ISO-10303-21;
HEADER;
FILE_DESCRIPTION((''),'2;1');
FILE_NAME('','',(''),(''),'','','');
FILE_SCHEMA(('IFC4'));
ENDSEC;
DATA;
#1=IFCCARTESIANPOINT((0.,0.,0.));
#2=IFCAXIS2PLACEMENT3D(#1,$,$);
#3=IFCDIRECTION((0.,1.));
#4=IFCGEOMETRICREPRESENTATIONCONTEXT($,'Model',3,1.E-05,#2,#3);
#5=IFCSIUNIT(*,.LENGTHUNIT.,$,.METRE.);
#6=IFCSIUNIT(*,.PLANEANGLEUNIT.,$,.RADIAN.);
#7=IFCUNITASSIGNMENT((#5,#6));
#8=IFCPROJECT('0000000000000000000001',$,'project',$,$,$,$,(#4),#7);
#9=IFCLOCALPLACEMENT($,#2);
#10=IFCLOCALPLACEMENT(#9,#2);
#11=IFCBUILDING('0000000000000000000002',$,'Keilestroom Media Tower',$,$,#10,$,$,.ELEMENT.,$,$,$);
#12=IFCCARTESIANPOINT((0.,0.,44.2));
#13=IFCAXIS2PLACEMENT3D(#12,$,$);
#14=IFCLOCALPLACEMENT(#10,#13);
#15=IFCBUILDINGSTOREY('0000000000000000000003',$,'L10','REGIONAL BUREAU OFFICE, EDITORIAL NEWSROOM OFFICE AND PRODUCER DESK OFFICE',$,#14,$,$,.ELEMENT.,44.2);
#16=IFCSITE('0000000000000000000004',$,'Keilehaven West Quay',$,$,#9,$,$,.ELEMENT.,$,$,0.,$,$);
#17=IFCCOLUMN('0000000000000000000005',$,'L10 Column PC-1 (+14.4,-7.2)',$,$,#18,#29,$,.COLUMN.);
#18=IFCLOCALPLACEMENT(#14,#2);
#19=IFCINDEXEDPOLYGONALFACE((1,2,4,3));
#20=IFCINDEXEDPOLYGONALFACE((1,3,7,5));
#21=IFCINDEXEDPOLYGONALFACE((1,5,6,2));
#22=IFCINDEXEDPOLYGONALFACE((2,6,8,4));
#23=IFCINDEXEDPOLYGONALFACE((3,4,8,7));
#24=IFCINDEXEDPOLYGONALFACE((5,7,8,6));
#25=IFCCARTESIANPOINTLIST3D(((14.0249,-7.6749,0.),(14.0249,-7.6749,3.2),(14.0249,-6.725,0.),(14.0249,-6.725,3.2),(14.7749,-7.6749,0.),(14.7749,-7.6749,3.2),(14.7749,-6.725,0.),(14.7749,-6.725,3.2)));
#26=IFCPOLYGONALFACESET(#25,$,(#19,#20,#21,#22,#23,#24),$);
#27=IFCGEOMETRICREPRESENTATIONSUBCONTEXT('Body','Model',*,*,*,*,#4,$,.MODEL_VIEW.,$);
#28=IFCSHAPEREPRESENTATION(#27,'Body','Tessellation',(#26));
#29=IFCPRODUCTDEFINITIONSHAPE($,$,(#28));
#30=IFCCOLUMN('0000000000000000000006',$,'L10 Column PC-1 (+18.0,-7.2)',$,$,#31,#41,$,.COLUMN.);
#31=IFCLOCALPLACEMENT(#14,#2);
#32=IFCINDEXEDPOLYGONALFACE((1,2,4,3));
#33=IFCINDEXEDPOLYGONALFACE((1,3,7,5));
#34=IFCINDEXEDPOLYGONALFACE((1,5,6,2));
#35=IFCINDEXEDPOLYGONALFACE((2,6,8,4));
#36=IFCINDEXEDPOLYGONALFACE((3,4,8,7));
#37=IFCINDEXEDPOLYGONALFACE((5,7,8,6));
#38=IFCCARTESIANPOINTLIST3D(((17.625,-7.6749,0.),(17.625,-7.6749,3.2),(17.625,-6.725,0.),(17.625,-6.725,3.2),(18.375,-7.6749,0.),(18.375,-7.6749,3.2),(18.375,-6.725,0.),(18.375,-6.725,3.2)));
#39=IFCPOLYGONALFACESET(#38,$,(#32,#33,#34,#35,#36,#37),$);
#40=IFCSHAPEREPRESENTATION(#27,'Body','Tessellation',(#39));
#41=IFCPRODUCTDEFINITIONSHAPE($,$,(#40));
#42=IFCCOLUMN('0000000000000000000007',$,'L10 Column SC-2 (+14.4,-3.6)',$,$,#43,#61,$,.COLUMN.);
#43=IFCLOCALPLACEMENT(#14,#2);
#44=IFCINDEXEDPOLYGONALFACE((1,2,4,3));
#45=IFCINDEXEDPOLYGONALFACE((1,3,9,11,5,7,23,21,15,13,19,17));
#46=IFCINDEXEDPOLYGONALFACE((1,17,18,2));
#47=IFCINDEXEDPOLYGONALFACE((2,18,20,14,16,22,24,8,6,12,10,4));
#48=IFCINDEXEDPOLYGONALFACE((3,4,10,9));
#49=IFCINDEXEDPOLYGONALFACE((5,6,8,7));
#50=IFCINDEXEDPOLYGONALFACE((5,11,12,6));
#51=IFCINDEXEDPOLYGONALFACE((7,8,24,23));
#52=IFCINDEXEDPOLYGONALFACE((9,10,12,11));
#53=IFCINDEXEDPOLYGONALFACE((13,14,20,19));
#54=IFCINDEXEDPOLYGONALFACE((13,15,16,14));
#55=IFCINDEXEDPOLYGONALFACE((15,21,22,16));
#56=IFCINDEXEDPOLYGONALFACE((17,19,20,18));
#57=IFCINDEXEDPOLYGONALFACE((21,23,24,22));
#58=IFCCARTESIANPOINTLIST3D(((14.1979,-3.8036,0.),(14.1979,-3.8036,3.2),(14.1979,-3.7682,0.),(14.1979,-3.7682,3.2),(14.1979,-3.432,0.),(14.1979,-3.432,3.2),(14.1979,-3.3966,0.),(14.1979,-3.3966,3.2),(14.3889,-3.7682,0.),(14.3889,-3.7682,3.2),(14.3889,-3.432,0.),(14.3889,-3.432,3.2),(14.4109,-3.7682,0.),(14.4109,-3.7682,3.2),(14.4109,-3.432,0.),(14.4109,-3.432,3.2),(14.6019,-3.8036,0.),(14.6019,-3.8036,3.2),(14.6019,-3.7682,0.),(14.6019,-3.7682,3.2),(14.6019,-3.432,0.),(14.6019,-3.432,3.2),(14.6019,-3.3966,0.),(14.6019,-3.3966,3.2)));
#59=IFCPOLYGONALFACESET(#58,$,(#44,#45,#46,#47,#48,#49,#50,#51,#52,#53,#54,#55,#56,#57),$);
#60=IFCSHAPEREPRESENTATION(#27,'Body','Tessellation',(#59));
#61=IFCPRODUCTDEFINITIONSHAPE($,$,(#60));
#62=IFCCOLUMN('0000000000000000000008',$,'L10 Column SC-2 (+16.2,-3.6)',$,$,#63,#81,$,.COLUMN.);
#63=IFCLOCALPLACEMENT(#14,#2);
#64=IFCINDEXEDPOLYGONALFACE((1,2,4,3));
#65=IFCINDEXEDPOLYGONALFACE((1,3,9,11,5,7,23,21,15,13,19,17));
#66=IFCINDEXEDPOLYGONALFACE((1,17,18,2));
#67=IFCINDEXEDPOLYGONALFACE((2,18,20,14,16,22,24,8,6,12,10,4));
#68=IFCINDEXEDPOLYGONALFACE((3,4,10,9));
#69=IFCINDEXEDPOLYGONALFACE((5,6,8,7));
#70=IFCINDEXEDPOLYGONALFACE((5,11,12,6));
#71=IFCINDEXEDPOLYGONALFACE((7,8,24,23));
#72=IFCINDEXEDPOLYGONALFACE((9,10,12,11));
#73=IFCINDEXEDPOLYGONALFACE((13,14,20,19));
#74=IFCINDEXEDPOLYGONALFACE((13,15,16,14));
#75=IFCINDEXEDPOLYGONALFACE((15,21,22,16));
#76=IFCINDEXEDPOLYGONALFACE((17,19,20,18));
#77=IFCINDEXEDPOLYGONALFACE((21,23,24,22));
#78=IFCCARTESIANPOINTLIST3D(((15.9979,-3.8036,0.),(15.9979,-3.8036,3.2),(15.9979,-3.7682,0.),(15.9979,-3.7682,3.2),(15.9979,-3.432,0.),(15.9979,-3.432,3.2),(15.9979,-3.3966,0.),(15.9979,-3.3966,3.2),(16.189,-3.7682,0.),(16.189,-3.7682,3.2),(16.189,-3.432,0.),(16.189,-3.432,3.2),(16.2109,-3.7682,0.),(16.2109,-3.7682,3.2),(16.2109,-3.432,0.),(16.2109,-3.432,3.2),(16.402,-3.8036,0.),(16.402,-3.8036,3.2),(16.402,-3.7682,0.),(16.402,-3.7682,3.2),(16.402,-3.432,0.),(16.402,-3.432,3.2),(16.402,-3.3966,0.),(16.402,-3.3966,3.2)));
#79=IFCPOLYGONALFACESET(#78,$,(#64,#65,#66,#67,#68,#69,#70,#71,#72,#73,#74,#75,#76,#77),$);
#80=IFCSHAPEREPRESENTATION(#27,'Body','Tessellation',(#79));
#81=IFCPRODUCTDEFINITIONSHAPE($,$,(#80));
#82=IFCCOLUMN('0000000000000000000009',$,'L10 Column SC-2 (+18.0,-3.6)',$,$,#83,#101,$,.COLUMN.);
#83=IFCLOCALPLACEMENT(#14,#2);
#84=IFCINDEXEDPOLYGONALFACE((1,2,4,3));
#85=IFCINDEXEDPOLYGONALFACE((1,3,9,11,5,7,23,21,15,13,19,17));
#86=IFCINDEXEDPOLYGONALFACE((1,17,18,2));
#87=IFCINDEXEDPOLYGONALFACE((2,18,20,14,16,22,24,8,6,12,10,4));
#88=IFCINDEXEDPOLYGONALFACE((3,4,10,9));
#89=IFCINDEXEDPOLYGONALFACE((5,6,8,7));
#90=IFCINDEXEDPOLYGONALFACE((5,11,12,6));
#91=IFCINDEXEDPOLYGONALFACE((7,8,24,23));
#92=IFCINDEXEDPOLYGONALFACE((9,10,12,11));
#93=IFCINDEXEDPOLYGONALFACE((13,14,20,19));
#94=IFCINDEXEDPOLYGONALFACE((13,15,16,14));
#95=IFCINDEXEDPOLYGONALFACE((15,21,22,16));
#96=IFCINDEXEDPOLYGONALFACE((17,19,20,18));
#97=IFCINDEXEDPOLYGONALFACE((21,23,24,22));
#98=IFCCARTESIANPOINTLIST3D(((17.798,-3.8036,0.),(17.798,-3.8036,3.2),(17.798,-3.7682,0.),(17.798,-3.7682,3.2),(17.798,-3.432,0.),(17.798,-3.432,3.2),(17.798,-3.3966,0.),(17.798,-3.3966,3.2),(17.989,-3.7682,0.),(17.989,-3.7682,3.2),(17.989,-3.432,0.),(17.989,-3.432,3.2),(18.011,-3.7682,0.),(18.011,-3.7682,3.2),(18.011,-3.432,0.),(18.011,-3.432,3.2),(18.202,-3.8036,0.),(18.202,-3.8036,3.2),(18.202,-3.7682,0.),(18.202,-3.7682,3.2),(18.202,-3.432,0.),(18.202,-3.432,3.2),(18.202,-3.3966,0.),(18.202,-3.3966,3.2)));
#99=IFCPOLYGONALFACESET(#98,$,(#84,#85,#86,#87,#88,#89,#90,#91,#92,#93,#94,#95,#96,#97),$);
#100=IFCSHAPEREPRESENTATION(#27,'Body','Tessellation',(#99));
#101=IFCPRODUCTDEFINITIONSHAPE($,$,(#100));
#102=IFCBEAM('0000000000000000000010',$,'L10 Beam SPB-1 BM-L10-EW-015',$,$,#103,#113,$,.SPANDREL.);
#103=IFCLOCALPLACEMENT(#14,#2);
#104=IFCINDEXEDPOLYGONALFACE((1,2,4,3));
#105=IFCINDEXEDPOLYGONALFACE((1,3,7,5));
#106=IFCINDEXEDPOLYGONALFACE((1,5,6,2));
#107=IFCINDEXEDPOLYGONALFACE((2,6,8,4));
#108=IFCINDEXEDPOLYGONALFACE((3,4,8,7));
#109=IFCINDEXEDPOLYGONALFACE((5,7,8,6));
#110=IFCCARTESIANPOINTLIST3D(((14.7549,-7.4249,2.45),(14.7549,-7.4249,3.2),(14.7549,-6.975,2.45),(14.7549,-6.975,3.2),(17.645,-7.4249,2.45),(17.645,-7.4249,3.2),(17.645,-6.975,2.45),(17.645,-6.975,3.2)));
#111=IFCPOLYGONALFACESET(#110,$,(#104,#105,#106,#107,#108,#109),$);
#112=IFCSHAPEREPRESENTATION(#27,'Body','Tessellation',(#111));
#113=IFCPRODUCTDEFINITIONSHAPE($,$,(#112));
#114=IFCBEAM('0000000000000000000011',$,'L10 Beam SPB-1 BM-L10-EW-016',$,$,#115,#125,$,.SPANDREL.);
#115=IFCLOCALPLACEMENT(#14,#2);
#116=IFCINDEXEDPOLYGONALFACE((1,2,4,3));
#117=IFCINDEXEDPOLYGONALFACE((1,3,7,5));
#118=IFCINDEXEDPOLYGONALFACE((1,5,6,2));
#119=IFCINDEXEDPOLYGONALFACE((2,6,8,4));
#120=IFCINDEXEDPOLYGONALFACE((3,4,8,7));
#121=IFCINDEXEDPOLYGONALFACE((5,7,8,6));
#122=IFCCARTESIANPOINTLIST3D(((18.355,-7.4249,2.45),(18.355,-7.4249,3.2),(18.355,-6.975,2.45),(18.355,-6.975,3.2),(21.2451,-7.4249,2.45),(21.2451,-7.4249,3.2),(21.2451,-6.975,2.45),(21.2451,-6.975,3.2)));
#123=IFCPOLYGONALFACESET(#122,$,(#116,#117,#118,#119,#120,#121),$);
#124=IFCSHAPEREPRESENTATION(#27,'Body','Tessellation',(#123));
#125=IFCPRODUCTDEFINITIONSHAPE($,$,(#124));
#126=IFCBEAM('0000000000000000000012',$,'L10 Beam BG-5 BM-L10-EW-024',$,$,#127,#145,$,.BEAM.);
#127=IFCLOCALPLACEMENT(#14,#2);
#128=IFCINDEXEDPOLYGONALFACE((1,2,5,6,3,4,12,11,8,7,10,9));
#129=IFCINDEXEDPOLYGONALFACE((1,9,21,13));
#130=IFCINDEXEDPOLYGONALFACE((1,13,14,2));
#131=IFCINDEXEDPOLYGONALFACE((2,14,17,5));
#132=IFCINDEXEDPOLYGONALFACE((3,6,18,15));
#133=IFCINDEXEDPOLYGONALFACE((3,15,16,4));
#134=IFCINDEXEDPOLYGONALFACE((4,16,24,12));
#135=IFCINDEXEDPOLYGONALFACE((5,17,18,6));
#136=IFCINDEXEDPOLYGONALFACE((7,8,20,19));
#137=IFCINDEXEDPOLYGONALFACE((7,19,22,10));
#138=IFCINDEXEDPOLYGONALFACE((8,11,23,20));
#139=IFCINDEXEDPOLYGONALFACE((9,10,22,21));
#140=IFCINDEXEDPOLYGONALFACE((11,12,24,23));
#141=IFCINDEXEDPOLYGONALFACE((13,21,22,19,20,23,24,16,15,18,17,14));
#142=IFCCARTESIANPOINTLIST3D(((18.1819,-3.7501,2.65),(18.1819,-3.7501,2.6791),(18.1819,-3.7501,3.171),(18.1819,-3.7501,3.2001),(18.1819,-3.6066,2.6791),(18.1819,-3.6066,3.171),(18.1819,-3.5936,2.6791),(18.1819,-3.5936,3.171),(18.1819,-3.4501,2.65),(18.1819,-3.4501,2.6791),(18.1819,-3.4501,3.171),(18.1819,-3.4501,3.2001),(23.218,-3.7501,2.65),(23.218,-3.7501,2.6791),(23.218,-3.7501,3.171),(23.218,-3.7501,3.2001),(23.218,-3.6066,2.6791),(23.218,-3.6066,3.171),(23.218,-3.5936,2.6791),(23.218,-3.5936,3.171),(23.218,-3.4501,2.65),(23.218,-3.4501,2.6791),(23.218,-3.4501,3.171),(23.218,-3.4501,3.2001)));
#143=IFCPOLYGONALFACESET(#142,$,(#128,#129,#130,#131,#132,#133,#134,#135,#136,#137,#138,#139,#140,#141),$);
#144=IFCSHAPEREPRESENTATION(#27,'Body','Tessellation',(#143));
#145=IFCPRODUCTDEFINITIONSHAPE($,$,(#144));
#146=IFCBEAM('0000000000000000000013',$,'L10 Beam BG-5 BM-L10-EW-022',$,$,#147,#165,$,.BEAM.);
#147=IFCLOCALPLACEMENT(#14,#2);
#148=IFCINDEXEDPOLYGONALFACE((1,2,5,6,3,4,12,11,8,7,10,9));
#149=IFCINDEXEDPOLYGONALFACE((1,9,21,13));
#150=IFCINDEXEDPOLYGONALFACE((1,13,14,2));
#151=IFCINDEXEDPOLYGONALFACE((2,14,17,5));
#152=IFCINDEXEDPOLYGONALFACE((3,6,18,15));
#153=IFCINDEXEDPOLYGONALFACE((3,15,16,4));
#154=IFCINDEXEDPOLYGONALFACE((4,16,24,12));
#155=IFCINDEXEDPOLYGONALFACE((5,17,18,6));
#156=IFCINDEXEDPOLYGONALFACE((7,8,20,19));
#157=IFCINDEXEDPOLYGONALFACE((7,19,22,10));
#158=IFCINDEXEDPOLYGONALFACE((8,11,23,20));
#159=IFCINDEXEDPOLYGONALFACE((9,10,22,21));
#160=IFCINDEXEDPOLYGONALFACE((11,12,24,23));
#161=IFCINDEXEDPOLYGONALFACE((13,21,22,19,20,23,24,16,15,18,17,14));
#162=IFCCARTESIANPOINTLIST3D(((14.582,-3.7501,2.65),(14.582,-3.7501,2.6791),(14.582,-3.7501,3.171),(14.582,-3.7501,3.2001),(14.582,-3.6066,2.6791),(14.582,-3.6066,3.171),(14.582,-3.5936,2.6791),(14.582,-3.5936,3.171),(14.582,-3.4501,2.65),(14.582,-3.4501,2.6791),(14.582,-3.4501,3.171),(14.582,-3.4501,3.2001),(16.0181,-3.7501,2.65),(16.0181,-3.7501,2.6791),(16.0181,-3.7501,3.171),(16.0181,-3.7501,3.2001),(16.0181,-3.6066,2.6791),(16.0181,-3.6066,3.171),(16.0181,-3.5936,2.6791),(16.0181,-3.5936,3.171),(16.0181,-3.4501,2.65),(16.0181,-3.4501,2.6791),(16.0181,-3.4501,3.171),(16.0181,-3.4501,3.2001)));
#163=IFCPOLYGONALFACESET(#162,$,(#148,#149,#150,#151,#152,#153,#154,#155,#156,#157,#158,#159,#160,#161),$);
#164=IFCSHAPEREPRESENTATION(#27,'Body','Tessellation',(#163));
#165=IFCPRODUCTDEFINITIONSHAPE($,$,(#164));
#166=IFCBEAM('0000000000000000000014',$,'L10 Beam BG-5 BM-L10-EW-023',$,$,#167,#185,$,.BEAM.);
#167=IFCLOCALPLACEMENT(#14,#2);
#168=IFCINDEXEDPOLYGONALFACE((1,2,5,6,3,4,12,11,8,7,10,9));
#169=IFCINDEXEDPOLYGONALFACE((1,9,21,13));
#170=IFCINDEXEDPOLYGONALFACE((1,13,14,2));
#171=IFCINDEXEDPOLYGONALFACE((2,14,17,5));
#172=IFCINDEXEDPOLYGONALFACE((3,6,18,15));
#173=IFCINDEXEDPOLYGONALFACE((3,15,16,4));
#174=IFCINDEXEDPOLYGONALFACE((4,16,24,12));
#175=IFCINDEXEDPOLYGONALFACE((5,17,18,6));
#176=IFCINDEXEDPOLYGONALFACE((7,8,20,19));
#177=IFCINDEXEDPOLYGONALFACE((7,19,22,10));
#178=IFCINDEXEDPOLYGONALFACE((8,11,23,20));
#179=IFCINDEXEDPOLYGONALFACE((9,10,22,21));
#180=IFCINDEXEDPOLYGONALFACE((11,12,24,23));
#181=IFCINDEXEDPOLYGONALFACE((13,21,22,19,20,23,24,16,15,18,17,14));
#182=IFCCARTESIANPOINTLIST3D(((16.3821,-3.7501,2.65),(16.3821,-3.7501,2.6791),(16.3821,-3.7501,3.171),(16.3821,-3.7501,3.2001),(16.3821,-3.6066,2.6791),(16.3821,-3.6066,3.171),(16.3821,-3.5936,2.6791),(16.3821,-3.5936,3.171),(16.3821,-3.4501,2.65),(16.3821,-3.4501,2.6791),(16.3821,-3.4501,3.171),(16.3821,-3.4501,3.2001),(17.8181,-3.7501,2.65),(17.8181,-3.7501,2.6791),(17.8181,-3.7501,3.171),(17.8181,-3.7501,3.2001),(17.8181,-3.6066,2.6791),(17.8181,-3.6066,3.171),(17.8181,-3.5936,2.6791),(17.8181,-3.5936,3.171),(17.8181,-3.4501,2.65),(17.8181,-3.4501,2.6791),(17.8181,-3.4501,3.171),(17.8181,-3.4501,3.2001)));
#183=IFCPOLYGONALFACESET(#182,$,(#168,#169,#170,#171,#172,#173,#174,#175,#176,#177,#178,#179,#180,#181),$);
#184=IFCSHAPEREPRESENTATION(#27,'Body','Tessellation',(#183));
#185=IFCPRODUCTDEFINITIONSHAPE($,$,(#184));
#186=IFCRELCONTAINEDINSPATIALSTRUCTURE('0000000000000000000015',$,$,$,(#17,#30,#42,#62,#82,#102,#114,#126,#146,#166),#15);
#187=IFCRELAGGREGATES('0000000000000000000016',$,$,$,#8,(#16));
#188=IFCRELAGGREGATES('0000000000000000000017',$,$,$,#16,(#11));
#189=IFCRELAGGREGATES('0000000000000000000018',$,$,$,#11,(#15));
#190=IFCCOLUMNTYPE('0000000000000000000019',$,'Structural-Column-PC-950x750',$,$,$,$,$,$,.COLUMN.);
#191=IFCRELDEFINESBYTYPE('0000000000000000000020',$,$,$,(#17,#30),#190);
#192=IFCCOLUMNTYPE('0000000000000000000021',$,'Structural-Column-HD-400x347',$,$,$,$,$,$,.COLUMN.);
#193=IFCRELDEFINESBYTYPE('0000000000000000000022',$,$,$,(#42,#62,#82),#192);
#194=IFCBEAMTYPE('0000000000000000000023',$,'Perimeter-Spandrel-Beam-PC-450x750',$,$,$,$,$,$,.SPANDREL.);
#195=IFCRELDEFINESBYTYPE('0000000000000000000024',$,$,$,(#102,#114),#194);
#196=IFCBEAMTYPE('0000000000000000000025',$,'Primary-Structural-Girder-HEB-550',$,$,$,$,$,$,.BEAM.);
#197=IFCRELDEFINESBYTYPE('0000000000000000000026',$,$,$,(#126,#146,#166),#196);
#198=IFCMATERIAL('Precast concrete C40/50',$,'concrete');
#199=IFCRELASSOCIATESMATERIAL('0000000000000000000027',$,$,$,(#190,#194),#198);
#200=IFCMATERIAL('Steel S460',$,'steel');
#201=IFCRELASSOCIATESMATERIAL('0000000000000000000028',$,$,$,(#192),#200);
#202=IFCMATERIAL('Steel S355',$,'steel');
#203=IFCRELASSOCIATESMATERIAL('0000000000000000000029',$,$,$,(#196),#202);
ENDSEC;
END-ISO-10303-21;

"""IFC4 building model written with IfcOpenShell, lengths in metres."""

from ifc_helpers import new_model, si_unit, direction, frame, origin, origin_2d, place, context, subcontext, project, spatial, rectangle, i_section, extrude, source, transform, mapped, material, material_profile, profile_set, type_object, element, save


model = new_model("IFC4")

# Units and contexts
model_context = context("Model", 3, precision=1e-05, world=origin(), true_north=direction((0.0, 1.0)))
body_context = subcontext(model_context, "Body", "Model", "MODEL_VIEW")
ifc_project = project(units=[si_unit("LENGTHUNIT", "METRE"), si_unit("PLANEANGLEUNIT", "RADIAN")], contexts=[model_context])

# Site, building, storey
site_placement = place(None, origin())
site = spatial("IfcSite", under=ifc_project, at=site_placement, Name="Keilehaven West Quay", CompositionType="ELEMENT", RefElevation=0.0)
building_placement = place(site_placement, origin())
building = spatial("IfcBuilding", under=site, at=building_placement, Name="Keilestroom Media Tower", CompositionType="ELEMENT")
storey_placement = place(building_placement, frame((0.0, 0.0, 44.2)))
storey = spatial("IfcBuildingStorey", under=building, at=storey_placement, Name="L10", Description="REGIONAL BUREAU OFFICE, EDITORIAL NEWSROOM OFFICE AND PRODUCER DESK OFFICE", CompositionType="ELEMENT", Elevation=44.2)

# Columns
ifc_material_1 = material(Name="Precast concrete C40/50", Category="concrete")
ifc_material_profile_1 = material_profile(ifc_material_1, rectangle(XDim=0.75, YDim=0.95, at=origin_2d()), Name="PC 950x750")
ifc_profile_set_1 = profile_set([ifc_material_profile_1], Name="Precast concrete C40/50")
column_type_1 = type_object("IfcColumnType", Name="Structural-Column-PC-950x750", PredefinedType="COLUMN", material=ifc_profile_set_1)
shared_shape_1 = source(origin(), body_context, "Body", "SweptSolid", [
    extrude(rectangle(XDim=0.75, YDim=0.95, at=origin_2d()), origin(), (0.0, 0.0, 1.0), 3.2),
])
for number, where, z_axis, x_axis, name in (
    (1, (14.3999, -7.2, 0.0), (0.0, 0.0, 1.0), (1.0, 0.0, 0.0), "L10 Column PC-1 (+14.4,-7.2)"),
    (2, (18.0, -7.2, 0.0), (0.0, 0.0, 1.0), (1.0, 0.0, 0.0), "L10 Column PC-1 (+18.0,-7.2)"),
):
    element("IfcColumn", number, at=place(storey_placement, frame(where, z_axis=z_axis, x_axis=x_axis)), inside=storey, type_object=column_type_1, Name=name, PredefinedType="COLUMN", context=body_context, shape_type="MappedRepresentation", body=[
        mapped(shared_shape_1, transform((0.0, 0.0, 0.0), x_axis=(1.0, 0.0, 0.0), y_axis=(0.0, 1.0, 0.0), z_axis=(0.0, 0.0, 1.0), scale=1.0)),
    ])
ifc_material_2 = material(Name="Steel S460", Category="steel")
ifc_material_profile_2 = material_profile(ifc_material_2, i_section(OverallWidth=0.4041, OverallDepth=0.407, WebThickness=0.022, FlangeThickness=0.0354, at=origin_2d()), Name="HD 400x347")
ifc_profile_set_2 = profile_set([ifc_material_profile_2], Name="Steel S460")
column_type_2 = type_object("IfcColumnType", Name="Structural-Column-HD-400x347", PredefinedType="COLUMN", material=ifc_profile_set_2)
shared_shape_2 = source(origin(), body_context, "Body", "SweptSolid", [
    extrude(i_section(OverallWidth=0.4041, OverallDepth=0.407, WebThickness=0.022, FlangeThickness=0.0354, at=origin_2d()), origin(), (0.0, 0.0, 1.0), 3.2),
])
for number, where, z_axis, x_axis, name in (
    (3, (14.3999, -3.6001, 0.0), (0.0, 0.0, 1.0), (1.0, 0.0, 0.0), "L10 Column SC-2 (+14.4,-3.6)"),
    (4, (16.2, -3.6001, 0.0), (0.0, 0.0, 1.0), (1.0, 0.0, 0.0), "L10 Column SC-2 (+16.2,-3.6)"),
    (5, (18.0, -3.6001, 0.0), (0.0, 0.0, 1.0), (1.0, 0.0, 0.0), "L10 Column SC-2 (+18.0,-3.6)"),
):
    element("IfcColumn", number, at=place(storey_placement, frame(where, z_axis=z_axis, x_axis=x_axis)), inside=storey, type_object=column_type_2, Name=name, PredefinedType="COLUMN", context=body_context, shape_type="MappedRepresentation", body=[
        mapped(shared_shape_2, transform((0.0, 0.0, 0.0), x_axis=(1.0, 0.0, 0.0), y_axis=(0.0, 1.0, 0.0), z_axis=(0.0, 0.0, 1.0), scale=1.0)),
    ])

# Beams
ifc_material_profile_3 = material_profile(ifc_material_1, rectangle(XDim=0.45, YDim=0.75, at=origin_2d()), Name="PC 450x750")
ifc_profile_set_3 = profile_set([ifc_material_profile_3], Name="Precast concrete C40/50")
beam_type_1 = type_object("IfcBeamType", Name="Perimeter-Spandrel-Beam-PC-450x750", PredefinedType="SPANDREL", material=ifc_profile_set_3)
shared_shape_3 = source(origin(), body_context, "Body", "SweptSolid", [
    extrude(rectangle(XDim=0.45, YDim=0.75, at=origin_2d()), origin(), (0.0, 0.0, 1.0), 2.8901),
])
for number, where, z_axis, x_axis, name in (
    (6, (14.7549, -7.2, 2.825), (1.0, 0.0, 0.0), (0.0, 1.0, 0.0), "L10 Beam SPB-1 BM-L10-EW-015"),
    (7, (18.355, -7.2, 2.825), (1.0, 0.0, 0.0), (0.0, 1.0, 0.0), "L10 Beam SPB-1 BM-L10-EW-016"),
):
    element("IfcBeam", number, at=place(storey_placement, frame(where, z_axis=z_axis, x_axis=x_axis)), inside=storey, type_object=beam_type_1, Name=name, PredefinedType="SPANDREL", context=body_context, shape_type="MappedRepresentation", body=[
        mapped(shared_shape_3, transform((0.0, 0.0, 0.0), x_axis=(1.0, 0.0, 0.0), y_axis=(0.0, 1.0, 0.0), z_axis=(0.0, 0.0, 1.0), scale=1.0)),
    ])
ifc_material_3 = material(Name="Steel S355", Category="steel")
ifc_material_profile_4 = material_profile(ifc_material_3, i_section(OverallWidth=0.3, OverallDepth=0.55, WebThickness=0.0129, FlangeThickness=0.0291, at=origin_2d()), Name="HEB 550")
ifc_profile_set_4 = profile_set([ifc_material_profile_4], Name="Steel S355")
beam_type_2 = type_object("IfcBeamType", Name="Primary-Structural-Girder-HEB-550", PredefinedType="BEAM", material=ifc_profile_set_4)
shared_shape_4 = source(origin(), body_context, "Body", "SweptSolid", [
    extrude(i_section(OverallWidth=0.3, OverallDepth=0.55, WebThickness=0.0129, FlangeThickness=0.0291, at=origin_2d()), origin(), (0.0, 0.0, 1.0), 5.0361),
])
beam_placement = place(storey_placement, frame((18.1819, -3.6001, 2.925), z_axis=(1.0, 0.0, 0.0), x_axis=(0.0, 1.0, 0.0)))
element("IfcBeam", 8, at=beam_placement, inside=storey, type_object=beam_type_2, Name="L10 Beam BG-5 BM-L10-EW-024", PredefinedType="BEAM", context=body_context, shape_type="MappedRepresentation", body=[
    mapped(shared_shape_4, transform((0.0, 0.0, 0.0), x_axis=(1.0, 0.0, 0.0), y_axis=(0.0, 1.0, 0.0), z_axis=(0.0, 0.0, 1.0), scale=1.0)),
])
shared_shape_5 = source(origin(), body_context, "Body", "SweptSolid", [
    extrude(i_section(OverallWidth=0.3, OverallDepth=0.55, WebThickness=0.0129, FlangeThickness=0.0291, at=origin_2d()), origin(), (0.0, 0.0, 1.0), 1.436),
])
for number, where, z_axis, x_axis, name in (
    (9, (14.582, -3.6001, 2.925), (1.0, 0.0, 0.0), (0.0, 1.0, 0.0), "L10 Beam BG-5 BM-L10-EW-022"),
    (10, (16.3821, -3.6001, 2.925), (1.0, 0.0, 0.0), (0.0, 1.0, 0.0), "L10 Beam BG-5 BM-L10-EW-023"),
):
    element("IfcBeam", number, at=place(storey_placement, frame(where, z_axis=z_axis, x_axis=x_axis)), inside=storey, type_object=beam_type_2, Name=name, PredefinedType="BEAM", context=body_context, shape_type="MappedRepresentation", body=[
        mapped(shared_shape_5, transform((0.0, 0.0, 0.0), x_axis=(1.0, 0.0, 0.0), y_axis=(0.0, 1.0, 0.0), z_axis=(0.0, 0.0, 1.0), scale=1.0)),
    ])

save(model, "model.ifc")
